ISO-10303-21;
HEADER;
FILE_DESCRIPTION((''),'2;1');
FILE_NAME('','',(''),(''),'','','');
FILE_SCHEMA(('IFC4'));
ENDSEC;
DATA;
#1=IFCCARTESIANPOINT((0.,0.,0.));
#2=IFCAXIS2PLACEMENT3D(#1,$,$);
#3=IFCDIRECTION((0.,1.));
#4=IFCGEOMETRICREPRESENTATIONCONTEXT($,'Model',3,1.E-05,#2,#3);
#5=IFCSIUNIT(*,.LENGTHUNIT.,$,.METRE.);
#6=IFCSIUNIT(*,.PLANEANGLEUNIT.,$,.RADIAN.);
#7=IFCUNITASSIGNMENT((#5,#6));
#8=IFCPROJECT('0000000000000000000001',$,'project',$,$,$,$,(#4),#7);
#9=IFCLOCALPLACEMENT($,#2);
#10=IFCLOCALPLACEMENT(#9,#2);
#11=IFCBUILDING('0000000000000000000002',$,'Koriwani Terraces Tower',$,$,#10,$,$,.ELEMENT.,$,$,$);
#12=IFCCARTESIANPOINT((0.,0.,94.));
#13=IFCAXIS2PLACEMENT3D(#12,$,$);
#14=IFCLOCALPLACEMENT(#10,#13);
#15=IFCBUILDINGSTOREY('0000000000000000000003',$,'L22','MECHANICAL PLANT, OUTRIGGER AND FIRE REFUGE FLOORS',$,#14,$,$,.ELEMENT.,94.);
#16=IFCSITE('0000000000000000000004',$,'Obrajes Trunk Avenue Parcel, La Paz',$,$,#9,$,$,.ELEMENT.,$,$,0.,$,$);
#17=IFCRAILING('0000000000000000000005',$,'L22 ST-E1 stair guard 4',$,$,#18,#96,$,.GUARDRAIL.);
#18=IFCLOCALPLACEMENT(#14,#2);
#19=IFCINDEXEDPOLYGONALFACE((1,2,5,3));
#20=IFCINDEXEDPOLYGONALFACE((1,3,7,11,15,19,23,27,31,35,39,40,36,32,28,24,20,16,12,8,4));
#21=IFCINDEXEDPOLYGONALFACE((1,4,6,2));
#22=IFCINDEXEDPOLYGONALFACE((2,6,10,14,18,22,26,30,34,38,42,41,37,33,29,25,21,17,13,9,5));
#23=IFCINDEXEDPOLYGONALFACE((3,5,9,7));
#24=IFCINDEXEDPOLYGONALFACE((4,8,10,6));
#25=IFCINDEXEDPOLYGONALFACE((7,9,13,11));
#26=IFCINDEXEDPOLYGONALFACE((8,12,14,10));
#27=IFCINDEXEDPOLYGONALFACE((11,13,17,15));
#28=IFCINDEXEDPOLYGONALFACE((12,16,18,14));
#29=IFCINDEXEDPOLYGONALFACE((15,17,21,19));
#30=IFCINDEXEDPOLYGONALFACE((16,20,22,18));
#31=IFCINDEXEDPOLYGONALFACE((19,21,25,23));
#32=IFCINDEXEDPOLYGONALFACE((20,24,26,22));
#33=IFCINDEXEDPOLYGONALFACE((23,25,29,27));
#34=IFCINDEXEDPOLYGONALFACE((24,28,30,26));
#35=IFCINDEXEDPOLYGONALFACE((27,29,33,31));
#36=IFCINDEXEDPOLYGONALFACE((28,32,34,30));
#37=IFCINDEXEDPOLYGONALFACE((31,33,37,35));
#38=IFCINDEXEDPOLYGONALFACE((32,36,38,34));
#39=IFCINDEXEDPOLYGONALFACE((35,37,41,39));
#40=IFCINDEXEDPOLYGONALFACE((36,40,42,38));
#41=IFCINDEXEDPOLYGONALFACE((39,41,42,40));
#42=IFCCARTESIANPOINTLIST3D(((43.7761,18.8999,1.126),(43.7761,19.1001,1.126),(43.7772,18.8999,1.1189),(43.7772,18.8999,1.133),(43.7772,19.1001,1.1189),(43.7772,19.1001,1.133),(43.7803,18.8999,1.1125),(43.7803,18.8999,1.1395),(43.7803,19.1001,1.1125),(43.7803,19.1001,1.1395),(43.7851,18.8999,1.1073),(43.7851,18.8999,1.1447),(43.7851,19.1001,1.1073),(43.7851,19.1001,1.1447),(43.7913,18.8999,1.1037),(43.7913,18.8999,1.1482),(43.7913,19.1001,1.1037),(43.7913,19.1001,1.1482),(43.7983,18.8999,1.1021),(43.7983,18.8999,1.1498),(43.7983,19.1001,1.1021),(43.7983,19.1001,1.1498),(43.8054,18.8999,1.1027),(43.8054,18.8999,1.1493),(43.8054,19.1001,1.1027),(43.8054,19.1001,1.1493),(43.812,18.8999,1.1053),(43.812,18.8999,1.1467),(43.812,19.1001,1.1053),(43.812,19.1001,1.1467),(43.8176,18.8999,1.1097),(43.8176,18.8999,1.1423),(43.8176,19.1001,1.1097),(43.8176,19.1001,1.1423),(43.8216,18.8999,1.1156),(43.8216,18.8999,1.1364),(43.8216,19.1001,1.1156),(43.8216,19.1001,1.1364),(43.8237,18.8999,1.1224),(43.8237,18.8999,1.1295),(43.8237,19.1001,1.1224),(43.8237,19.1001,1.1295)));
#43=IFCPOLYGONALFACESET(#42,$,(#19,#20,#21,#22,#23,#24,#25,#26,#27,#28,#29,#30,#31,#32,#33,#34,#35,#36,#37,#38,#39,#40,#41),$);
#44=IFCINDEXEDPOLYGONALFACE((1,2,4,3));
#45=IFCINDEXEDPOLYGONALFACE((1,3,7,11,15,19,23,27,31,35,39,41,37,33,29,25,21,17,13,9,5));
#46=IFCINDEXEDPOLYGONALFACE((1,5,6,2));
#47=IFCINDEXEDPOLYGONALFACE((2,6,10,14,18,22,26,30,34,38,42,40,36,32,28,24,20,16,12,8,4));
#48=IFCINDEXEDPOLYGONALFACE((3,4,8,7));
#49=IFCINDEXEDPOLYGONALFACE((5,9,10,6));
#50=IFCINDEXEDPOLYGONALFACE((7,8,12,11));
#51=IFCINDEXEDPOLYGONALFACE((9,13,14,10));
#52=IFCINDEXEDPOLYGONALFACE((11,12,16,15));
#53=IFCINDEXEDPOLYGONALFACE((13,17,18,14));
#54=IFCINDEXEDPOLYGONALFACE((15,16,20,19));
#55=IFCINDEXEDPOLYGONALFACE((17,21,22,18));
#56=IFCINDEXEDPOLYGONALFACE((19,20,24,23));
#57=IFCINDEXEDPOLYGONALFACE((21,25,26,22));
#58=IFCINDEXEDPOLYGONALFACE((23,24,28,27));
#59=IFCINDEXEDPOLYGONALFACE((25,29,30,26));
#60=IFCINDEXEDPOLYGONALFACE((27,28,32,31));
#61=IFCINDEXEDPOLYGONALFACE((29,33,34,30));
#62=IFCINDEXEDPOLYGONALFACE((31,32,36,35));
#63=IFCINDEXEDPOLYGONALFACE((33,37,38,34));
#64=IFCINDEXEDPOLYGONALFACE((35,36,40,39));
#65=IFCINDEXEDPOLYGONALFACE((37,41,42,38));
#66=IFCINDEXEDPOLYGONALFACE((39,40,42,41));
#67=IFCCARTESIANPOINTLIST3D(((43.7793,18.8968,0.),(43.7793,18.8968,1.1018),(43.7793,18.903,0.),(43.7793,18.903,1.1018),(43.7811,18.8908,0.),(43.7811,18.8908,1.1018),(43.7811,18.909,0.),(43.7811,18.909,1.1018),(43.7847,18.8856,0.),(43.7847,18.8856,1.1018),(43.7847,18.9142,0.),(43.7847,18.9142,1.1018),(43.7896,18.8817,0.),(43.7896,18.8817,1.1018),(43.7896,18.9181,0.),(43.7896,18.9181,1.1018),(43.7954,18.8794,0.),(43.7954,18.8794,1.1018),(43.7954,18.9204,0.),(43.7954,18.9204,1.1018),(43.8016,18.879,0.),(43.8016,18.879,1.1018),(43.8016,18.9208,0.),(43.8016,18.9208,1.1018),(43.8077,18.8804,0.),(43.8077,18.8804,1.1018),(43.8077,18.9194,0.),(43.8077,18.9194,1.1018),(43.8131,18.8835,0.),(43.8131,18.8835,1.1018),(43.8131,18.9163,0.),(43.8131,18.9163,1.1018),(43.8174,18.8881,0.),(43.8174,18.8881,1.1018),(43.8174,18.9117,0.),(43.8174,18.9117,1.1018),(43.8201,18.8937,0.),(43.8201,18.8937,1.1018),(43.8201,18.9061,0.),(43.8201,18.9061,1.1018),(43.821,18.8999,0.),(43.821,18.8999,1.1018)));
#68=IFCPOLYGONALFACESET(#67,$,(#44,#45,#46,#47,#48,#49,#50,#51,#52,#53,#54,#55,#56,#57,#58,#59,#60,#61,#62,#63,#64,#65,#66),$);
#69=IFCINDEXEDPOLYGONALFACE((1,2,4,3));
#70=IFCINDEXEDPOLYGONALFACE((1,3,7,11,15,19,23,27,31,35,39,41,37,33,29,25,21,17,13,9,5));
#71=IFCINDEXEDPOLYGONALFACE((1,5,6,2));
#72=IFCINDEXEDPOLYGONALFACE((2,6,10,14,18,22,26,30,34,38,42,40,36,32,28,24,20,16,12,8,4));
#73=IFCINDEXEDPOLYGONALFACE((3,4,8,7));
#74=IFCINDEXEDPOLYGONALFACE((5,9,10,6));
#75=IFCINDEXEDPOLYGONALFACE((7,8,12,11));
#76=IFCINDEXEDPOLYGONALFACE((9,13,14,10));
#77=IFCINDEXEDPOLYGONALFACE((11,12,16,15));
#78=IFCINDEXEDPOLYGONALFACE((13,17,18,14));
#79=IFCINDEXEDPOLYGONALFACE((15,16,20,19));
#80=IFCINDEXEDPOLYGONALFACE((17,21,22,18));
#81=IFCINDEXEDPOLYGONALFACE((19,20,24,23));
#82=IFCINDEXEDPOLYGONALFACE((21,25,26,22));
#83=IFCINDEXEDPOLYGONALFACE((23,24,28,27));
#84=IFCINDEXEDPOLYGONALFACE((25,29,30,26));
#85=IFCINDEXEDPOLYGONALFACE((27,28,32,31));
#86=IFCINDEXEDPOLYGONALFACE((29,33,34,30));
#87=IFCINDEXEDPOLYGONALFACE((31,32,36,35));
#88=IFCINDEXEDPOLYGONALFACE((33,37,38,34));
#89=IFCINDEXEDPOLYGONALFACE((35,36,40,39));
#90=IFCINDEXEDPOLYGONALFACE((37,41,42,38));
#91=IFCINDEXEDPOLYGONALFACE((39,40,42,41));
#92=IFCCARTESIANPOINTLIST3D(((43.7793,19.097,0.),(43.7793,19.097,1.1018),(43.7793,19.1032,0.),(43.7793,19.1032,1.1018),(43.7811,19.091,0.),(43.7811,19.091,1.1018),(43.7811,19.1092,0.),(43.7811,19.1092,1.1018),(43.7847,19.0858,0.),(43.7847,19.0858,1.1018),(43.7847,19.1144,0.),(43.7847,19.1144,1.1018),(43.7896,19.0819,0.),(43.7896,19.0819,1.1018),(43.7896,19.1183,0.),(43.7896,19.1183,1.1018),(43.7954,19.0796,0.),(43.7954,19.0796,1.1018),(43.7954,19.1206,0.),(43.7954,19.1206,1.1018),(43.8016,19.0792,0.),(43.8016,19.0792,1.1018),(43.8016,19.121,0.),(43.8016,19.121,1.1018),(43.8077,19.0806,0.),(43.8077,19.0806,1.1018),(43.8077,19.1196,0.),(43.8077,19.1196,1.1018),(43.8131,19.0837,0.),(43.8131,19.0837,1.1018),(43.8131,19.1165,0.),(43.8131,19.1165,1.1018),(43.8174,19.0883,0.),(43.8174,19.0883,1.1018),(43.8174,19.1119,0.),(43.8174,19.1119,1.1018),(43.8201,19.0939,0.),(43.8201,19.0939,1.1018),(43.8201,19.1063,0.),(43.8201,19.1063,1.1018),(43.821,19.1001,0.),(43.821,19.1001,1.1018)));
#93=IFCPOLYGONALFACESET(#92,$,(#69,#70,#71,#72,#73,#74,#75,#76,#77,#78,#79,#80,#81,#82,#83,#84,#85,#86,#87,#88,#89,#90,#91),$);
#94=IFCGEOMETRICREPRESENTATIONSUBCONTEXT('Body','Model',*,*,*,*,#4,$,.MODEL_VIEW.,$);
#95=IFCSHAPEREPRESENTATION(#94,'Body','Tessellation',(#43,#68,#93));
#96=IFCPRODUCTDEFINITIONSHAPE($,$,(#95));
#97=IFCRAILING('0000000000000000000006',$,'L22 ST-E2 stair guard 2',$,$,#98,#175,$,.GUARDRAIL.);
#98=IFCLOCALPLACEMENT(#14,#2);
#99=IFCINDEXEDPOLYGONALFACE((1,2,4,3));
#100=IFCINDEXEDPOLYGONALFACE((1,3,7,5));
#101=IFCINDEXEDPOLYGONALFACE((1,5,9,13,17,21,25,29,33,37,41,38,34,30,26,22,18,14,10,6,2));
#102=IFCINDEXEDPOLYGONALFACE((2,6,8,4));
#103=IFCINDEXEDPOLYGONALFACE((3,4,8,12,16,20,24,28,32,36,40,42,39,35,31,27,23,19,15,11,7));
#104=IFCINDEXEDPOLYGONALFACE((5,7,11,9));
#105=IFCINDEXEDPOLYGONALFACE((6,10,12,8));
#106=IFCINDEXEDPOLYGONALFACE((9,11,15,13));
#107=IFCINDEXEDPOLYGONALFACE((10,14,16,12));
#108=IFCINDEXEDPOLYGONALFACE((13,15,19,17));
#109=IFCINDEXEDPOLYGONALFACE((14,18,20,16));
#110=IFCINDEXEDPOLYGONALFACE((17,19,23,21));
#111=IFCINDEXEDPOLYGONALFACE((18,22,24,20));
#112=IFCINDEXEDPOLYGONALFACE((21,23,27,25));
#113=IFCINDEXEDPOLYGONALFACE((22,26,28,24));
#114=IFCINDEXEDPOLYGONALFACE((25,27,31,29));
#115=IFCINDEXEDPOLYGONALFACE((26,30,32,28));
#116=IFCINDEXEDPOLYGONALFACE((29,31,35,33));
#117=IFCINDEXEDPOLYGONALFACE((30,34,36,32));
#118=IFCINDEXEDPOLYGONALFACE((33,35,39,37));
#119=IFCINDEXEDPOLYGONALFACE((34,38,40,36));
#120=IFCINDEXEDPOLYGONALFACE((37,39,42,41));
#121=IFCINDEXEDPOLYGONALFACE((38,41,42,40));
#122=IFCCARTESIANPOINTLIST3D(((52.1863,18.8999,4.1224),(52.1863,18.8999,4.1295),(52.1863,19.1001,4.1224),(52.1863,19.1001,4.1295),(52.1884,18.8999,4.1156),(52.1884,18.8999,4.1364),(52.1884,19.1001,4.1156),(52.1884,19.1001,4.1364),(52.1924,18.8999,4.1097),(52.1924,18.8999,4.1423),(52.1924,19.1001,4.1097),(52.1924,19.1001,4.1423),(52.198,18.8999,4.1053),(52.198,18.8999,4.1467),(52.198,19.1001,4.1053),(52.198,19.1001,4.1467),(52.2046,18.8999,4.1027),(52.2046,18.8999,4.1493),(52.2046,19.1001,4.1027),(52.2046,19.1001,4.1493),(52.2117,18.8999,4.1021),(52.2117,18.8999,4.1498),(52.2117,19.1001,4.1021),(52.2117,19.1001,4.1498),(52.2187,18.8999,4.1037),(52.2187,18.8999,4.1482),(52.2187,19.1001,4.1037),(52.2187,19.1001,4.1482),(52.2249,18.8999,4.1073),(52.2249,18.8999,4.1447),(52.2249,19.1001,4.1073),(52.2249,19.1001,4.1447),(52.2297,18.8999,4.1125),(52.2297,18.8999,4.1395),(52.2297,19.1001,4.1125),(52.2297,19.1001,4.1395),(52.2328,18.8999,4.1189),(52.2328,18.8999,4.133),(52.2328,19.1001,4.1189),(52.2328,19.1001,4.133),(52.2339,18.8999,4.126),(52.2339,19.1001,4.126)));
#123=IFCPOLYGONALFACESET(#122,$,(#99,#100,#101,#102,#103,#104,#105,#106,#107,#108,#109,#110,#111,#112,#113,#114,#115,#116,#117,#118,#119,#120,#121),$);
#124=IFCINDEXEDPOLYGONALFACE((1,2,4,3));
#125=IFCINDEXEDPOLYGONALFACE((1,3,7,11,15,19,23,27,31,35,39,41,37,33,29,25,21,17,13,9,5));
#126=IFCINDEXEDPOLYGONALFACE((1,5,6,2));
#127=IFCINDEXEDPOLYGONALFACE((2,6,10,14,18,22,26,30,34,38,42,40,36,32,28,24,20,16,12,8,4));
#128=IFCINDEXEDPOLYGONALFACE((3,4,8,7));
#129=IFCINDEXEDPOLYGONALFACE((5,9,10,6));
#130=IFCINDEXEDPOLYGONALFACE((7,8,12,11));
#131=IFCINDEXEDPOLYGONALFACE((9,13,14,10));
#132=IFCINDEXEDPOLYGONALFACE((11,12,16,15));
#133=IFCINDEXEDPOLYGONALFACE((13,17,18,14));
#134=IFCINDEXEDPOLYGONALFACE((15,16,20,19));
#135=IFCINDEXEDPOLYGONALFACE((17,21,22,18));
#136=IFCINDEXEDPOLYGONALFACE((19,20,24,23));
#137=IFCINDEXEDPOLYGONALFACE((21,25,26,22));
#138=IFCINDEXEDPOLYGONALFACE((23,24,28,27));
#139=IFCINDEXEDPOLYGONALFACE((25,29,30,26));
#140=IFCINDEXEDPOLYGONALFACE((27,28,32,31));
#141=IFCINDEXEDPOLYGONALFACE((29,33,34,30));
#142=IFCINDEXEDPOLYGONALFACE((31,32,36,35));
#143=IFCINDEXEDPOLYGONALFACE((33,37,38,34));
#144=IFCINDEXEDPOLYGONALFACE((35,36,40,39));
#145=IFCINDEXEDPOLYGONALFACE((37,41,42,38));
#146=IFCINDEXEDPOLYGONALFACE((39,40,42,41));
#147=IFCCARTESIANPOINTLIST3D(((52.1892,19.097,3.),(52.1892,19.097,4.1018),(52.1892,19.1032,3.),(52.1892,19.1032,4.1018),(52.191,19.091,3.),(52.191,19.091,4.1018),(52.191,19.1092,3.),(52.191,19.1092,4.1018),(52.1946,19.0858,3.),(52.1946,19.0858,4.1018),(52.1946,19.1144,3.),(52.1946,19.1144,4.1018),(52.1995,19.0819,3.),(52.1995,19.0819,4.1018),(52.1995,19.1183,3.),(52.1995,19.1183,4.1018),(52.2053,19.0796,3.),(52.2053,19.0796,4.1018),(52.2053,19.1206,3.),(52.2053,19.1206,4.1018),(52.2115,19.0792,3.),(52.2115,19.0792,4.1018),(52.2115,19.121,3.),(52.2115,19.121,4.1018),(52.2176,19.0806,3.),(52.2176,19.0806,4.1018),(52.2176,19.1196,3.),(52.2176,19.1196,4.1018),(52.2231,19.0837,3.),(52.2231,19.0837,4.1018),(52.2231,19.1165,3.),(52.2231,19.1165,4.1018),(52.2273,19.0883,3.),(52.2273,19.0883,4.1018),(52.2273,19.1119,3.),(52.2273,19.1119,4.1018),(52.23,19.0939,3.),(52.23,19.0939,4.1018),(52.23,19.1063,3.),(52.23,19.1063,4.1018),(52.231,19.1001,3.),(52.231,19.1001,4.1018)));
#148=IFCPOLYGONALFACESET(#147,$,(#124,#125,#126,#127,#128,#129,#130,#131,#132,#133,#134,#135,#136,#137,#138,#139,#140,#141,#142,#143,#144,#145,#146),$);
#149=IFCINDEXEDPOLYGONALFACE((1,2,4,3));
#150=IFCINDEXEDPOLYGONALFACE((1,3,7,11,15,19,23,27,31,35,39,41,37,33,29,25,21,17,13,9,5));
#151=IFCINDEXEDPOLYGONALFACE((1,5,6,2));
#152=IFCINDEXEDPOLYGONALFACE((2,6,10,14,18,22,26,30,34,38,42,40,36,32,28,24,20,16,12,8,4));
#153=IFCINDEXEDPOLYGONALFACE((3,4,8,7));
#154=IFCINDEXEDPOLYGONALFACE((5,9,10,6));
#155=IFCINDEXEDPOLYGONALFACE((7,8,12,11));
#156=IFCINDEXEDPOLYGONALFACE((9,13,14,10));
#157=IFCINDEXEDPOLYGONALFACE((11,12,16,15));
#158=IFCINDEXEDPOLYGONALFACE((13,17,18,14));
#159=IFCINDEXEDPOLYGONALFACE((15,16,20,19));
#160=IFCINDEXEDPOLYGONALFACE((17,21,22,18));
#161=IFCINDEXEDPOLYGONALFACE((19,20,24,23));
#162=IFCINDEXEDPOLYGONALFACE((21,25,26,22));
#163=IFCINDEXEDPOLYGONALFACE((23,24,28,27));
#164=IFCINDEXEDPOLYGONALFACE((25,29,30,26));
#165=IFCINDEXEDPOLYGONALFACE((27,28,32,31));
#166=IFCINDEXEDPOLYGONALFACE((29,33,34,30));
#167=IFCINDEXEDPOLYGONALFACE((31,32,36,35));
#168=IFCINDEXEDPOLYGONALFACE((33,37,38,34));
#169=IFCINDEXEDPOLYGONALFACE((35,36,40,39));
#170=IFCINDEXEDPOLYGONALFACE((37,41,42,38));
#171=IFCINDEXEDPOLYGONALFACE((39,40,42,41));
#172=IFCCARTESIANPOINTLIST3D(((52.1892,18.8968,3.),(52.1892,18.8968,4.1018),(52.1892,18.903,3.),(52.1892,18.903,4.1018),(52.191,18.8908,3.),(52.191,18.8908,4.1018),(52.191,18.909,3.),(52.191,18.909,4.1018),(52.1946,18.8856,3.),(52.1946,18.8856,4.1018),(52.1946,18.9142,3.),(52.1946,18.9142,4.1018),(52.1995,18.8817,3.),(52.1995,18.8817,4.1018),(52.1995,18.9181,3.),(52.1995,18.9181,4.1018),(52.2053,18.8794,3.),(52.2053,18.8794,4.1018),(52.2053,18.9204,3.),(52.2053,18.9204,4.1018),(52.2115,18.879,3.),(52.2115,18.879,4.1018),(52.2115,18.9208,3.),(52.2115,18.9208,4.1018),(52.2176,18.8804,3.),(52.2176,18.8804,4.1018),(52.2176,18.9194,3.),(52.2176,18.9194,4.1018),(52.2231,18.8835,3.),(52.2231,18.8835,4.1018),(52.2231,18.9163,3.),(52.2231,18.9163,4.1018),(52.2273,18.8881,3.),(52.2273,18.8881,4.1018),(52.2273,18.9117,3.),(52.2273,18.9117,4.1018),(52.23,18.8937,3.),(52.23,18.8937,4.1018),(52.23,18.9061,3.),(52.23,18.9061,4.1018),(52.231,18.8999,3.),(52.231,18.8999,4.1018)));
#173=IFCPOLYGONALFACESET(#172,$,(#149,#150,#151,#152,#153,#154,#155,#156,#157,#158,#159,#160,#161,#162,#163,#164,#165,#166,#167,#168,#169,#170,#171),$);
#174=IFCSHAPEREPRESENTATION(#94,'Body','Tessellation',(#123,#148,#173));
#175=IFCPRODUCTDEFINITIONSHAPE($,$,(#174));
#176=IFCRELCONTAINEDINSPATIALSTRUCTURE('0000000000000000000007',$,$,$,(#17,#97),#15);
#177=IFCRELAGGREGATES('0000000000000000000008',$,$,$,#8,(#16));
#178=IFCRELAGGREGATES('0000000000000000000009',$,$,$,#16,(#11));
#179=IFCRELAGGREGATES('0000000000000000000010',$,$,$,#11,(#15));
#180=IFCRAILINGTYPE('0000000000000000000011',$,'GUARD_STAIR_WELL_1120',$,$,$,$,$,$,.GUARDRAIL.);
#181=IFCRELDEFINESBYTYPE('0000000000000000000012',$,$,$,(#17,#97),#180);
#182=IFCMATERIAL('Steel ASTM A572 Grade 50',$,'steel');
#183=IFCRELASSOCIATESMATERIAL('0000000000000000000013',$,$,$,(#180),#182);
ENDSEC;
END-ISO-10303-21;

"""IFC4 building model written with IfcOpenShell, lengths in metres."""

from ifc_helpers import new_model, si_unit, direction, frame, origin, origin_2d, place, context, subcontext, project, spatial, circle, extrude, material, type_object, element, save


model = new_model("IFC4")

# Units and contexts
model_context = context("Model", 3, precision=1e-05, world=origin(), true_north=direction((0.0, 1.0)))
body_context = subcontext(model_context, "Body", "Model", "MODEL_VIEW")
ifc_project = project(units=[si_unit("LENGTHUNIT", "METRE"), si_unit("PLANEANGLEUNIT", "RADIAN")], contexts=[model_context])

# Site, building, storey
site_placement = place(None, origin())
site = spatial("IfcSite", under=ifc_project, at=site_placement, Name="Obrajes Trunk Avenue Parcel, La Paz", CompositionType="ELEMENT", RefElevation=0.0)
building_placement = place(site_placement, origin())
building = spatial("IfcBuilding", under=site, at=building_placement, Name="Koriwani Terraces Tower", CompositionType="ELEMENT")
storey_placement = place(building_placement, frame((0.0, 0.0, 94.0)))
storey = spatial("IfcBuildingStorey", under=building, at=storey_placement, Name="L22", Description="MECHANICAL PLANT, OUTRIGGER AND FIRE REFUGE FLOORS", CompositionType="ELEMENT", Elevation=94.0)

# Shared definitions
ifc_material_1 = material(Name="Steel ASTM A572 Grade 50", Category="steel")

# Railings
railing_type_1 = type_object("IfcRailingType", Name="GUARD_STAIR_WELL_1120", PredefinedType="GUARDRAIL", material=ifc_material_1)
railing_1_placement = place(storey_placement, frame((43.8, 18.8999, 0.0)))
element("IfcRailing", 1, at=railing_1_placement, inside=storey, type_object=railing_type_1, Name="L22 ST-E1 stair guard 4", PredefinedType="GUARDRAIL", context=body_context, shape_type="SweptSolid", body=[
    extrude(circle(Radius=0.0239, at=origin_2d()), frame((0.0, 0.0, 1.126), z_axis=(0.0, 1.0, 0.0), x_axis=(-1.0, 0.0, 0.0)), (0.0, 0.0, 1.0), 0.2002),
    extrude(circle(Radius=0.021, at=origin_2d()), origin(), (0.0, 0.0, 1.0), 1.1018),
    extrude(circle(Radius=0.021, at=origin_2d()), frame((0.0, 0.2002, 0.0)), (0.0, 0.0, 1.0), 1.1018),
])
railing_2_placement = place(storey_placement, frame((52.21, 19.1001, 3.0)))
element("IfcRailing", 2, at=railing_2_placement, inside=storey, type_object=railing_type_1, Name="L22 ST-E2 stair guard 2", PredefinedType="GUARDRAIL", context=body_context, shape_type="SweptSolid", body=[
    extrude(circle(Radius=0.0239, at=origin_2d()), frame((0.0, 0.0, 1.126), z_axis=(0.0, -1.0, 0.0), x_axis=(1.0, 0.0, 0.0)), (0.0, 0.0, 1.0), 0.2002),
    extrude(circle(Radius=0.021, at=origin_2d()), origin(), (0.0, 0.0, 1.0), 1.1018),
    extrude(circle(Radius=0.021, at=origin_2d()), frame((0.0, -0.2002, 0.0)), (0.0, 0.0, 1.0), 1.1018),
])

save(model, "model.ifc")
